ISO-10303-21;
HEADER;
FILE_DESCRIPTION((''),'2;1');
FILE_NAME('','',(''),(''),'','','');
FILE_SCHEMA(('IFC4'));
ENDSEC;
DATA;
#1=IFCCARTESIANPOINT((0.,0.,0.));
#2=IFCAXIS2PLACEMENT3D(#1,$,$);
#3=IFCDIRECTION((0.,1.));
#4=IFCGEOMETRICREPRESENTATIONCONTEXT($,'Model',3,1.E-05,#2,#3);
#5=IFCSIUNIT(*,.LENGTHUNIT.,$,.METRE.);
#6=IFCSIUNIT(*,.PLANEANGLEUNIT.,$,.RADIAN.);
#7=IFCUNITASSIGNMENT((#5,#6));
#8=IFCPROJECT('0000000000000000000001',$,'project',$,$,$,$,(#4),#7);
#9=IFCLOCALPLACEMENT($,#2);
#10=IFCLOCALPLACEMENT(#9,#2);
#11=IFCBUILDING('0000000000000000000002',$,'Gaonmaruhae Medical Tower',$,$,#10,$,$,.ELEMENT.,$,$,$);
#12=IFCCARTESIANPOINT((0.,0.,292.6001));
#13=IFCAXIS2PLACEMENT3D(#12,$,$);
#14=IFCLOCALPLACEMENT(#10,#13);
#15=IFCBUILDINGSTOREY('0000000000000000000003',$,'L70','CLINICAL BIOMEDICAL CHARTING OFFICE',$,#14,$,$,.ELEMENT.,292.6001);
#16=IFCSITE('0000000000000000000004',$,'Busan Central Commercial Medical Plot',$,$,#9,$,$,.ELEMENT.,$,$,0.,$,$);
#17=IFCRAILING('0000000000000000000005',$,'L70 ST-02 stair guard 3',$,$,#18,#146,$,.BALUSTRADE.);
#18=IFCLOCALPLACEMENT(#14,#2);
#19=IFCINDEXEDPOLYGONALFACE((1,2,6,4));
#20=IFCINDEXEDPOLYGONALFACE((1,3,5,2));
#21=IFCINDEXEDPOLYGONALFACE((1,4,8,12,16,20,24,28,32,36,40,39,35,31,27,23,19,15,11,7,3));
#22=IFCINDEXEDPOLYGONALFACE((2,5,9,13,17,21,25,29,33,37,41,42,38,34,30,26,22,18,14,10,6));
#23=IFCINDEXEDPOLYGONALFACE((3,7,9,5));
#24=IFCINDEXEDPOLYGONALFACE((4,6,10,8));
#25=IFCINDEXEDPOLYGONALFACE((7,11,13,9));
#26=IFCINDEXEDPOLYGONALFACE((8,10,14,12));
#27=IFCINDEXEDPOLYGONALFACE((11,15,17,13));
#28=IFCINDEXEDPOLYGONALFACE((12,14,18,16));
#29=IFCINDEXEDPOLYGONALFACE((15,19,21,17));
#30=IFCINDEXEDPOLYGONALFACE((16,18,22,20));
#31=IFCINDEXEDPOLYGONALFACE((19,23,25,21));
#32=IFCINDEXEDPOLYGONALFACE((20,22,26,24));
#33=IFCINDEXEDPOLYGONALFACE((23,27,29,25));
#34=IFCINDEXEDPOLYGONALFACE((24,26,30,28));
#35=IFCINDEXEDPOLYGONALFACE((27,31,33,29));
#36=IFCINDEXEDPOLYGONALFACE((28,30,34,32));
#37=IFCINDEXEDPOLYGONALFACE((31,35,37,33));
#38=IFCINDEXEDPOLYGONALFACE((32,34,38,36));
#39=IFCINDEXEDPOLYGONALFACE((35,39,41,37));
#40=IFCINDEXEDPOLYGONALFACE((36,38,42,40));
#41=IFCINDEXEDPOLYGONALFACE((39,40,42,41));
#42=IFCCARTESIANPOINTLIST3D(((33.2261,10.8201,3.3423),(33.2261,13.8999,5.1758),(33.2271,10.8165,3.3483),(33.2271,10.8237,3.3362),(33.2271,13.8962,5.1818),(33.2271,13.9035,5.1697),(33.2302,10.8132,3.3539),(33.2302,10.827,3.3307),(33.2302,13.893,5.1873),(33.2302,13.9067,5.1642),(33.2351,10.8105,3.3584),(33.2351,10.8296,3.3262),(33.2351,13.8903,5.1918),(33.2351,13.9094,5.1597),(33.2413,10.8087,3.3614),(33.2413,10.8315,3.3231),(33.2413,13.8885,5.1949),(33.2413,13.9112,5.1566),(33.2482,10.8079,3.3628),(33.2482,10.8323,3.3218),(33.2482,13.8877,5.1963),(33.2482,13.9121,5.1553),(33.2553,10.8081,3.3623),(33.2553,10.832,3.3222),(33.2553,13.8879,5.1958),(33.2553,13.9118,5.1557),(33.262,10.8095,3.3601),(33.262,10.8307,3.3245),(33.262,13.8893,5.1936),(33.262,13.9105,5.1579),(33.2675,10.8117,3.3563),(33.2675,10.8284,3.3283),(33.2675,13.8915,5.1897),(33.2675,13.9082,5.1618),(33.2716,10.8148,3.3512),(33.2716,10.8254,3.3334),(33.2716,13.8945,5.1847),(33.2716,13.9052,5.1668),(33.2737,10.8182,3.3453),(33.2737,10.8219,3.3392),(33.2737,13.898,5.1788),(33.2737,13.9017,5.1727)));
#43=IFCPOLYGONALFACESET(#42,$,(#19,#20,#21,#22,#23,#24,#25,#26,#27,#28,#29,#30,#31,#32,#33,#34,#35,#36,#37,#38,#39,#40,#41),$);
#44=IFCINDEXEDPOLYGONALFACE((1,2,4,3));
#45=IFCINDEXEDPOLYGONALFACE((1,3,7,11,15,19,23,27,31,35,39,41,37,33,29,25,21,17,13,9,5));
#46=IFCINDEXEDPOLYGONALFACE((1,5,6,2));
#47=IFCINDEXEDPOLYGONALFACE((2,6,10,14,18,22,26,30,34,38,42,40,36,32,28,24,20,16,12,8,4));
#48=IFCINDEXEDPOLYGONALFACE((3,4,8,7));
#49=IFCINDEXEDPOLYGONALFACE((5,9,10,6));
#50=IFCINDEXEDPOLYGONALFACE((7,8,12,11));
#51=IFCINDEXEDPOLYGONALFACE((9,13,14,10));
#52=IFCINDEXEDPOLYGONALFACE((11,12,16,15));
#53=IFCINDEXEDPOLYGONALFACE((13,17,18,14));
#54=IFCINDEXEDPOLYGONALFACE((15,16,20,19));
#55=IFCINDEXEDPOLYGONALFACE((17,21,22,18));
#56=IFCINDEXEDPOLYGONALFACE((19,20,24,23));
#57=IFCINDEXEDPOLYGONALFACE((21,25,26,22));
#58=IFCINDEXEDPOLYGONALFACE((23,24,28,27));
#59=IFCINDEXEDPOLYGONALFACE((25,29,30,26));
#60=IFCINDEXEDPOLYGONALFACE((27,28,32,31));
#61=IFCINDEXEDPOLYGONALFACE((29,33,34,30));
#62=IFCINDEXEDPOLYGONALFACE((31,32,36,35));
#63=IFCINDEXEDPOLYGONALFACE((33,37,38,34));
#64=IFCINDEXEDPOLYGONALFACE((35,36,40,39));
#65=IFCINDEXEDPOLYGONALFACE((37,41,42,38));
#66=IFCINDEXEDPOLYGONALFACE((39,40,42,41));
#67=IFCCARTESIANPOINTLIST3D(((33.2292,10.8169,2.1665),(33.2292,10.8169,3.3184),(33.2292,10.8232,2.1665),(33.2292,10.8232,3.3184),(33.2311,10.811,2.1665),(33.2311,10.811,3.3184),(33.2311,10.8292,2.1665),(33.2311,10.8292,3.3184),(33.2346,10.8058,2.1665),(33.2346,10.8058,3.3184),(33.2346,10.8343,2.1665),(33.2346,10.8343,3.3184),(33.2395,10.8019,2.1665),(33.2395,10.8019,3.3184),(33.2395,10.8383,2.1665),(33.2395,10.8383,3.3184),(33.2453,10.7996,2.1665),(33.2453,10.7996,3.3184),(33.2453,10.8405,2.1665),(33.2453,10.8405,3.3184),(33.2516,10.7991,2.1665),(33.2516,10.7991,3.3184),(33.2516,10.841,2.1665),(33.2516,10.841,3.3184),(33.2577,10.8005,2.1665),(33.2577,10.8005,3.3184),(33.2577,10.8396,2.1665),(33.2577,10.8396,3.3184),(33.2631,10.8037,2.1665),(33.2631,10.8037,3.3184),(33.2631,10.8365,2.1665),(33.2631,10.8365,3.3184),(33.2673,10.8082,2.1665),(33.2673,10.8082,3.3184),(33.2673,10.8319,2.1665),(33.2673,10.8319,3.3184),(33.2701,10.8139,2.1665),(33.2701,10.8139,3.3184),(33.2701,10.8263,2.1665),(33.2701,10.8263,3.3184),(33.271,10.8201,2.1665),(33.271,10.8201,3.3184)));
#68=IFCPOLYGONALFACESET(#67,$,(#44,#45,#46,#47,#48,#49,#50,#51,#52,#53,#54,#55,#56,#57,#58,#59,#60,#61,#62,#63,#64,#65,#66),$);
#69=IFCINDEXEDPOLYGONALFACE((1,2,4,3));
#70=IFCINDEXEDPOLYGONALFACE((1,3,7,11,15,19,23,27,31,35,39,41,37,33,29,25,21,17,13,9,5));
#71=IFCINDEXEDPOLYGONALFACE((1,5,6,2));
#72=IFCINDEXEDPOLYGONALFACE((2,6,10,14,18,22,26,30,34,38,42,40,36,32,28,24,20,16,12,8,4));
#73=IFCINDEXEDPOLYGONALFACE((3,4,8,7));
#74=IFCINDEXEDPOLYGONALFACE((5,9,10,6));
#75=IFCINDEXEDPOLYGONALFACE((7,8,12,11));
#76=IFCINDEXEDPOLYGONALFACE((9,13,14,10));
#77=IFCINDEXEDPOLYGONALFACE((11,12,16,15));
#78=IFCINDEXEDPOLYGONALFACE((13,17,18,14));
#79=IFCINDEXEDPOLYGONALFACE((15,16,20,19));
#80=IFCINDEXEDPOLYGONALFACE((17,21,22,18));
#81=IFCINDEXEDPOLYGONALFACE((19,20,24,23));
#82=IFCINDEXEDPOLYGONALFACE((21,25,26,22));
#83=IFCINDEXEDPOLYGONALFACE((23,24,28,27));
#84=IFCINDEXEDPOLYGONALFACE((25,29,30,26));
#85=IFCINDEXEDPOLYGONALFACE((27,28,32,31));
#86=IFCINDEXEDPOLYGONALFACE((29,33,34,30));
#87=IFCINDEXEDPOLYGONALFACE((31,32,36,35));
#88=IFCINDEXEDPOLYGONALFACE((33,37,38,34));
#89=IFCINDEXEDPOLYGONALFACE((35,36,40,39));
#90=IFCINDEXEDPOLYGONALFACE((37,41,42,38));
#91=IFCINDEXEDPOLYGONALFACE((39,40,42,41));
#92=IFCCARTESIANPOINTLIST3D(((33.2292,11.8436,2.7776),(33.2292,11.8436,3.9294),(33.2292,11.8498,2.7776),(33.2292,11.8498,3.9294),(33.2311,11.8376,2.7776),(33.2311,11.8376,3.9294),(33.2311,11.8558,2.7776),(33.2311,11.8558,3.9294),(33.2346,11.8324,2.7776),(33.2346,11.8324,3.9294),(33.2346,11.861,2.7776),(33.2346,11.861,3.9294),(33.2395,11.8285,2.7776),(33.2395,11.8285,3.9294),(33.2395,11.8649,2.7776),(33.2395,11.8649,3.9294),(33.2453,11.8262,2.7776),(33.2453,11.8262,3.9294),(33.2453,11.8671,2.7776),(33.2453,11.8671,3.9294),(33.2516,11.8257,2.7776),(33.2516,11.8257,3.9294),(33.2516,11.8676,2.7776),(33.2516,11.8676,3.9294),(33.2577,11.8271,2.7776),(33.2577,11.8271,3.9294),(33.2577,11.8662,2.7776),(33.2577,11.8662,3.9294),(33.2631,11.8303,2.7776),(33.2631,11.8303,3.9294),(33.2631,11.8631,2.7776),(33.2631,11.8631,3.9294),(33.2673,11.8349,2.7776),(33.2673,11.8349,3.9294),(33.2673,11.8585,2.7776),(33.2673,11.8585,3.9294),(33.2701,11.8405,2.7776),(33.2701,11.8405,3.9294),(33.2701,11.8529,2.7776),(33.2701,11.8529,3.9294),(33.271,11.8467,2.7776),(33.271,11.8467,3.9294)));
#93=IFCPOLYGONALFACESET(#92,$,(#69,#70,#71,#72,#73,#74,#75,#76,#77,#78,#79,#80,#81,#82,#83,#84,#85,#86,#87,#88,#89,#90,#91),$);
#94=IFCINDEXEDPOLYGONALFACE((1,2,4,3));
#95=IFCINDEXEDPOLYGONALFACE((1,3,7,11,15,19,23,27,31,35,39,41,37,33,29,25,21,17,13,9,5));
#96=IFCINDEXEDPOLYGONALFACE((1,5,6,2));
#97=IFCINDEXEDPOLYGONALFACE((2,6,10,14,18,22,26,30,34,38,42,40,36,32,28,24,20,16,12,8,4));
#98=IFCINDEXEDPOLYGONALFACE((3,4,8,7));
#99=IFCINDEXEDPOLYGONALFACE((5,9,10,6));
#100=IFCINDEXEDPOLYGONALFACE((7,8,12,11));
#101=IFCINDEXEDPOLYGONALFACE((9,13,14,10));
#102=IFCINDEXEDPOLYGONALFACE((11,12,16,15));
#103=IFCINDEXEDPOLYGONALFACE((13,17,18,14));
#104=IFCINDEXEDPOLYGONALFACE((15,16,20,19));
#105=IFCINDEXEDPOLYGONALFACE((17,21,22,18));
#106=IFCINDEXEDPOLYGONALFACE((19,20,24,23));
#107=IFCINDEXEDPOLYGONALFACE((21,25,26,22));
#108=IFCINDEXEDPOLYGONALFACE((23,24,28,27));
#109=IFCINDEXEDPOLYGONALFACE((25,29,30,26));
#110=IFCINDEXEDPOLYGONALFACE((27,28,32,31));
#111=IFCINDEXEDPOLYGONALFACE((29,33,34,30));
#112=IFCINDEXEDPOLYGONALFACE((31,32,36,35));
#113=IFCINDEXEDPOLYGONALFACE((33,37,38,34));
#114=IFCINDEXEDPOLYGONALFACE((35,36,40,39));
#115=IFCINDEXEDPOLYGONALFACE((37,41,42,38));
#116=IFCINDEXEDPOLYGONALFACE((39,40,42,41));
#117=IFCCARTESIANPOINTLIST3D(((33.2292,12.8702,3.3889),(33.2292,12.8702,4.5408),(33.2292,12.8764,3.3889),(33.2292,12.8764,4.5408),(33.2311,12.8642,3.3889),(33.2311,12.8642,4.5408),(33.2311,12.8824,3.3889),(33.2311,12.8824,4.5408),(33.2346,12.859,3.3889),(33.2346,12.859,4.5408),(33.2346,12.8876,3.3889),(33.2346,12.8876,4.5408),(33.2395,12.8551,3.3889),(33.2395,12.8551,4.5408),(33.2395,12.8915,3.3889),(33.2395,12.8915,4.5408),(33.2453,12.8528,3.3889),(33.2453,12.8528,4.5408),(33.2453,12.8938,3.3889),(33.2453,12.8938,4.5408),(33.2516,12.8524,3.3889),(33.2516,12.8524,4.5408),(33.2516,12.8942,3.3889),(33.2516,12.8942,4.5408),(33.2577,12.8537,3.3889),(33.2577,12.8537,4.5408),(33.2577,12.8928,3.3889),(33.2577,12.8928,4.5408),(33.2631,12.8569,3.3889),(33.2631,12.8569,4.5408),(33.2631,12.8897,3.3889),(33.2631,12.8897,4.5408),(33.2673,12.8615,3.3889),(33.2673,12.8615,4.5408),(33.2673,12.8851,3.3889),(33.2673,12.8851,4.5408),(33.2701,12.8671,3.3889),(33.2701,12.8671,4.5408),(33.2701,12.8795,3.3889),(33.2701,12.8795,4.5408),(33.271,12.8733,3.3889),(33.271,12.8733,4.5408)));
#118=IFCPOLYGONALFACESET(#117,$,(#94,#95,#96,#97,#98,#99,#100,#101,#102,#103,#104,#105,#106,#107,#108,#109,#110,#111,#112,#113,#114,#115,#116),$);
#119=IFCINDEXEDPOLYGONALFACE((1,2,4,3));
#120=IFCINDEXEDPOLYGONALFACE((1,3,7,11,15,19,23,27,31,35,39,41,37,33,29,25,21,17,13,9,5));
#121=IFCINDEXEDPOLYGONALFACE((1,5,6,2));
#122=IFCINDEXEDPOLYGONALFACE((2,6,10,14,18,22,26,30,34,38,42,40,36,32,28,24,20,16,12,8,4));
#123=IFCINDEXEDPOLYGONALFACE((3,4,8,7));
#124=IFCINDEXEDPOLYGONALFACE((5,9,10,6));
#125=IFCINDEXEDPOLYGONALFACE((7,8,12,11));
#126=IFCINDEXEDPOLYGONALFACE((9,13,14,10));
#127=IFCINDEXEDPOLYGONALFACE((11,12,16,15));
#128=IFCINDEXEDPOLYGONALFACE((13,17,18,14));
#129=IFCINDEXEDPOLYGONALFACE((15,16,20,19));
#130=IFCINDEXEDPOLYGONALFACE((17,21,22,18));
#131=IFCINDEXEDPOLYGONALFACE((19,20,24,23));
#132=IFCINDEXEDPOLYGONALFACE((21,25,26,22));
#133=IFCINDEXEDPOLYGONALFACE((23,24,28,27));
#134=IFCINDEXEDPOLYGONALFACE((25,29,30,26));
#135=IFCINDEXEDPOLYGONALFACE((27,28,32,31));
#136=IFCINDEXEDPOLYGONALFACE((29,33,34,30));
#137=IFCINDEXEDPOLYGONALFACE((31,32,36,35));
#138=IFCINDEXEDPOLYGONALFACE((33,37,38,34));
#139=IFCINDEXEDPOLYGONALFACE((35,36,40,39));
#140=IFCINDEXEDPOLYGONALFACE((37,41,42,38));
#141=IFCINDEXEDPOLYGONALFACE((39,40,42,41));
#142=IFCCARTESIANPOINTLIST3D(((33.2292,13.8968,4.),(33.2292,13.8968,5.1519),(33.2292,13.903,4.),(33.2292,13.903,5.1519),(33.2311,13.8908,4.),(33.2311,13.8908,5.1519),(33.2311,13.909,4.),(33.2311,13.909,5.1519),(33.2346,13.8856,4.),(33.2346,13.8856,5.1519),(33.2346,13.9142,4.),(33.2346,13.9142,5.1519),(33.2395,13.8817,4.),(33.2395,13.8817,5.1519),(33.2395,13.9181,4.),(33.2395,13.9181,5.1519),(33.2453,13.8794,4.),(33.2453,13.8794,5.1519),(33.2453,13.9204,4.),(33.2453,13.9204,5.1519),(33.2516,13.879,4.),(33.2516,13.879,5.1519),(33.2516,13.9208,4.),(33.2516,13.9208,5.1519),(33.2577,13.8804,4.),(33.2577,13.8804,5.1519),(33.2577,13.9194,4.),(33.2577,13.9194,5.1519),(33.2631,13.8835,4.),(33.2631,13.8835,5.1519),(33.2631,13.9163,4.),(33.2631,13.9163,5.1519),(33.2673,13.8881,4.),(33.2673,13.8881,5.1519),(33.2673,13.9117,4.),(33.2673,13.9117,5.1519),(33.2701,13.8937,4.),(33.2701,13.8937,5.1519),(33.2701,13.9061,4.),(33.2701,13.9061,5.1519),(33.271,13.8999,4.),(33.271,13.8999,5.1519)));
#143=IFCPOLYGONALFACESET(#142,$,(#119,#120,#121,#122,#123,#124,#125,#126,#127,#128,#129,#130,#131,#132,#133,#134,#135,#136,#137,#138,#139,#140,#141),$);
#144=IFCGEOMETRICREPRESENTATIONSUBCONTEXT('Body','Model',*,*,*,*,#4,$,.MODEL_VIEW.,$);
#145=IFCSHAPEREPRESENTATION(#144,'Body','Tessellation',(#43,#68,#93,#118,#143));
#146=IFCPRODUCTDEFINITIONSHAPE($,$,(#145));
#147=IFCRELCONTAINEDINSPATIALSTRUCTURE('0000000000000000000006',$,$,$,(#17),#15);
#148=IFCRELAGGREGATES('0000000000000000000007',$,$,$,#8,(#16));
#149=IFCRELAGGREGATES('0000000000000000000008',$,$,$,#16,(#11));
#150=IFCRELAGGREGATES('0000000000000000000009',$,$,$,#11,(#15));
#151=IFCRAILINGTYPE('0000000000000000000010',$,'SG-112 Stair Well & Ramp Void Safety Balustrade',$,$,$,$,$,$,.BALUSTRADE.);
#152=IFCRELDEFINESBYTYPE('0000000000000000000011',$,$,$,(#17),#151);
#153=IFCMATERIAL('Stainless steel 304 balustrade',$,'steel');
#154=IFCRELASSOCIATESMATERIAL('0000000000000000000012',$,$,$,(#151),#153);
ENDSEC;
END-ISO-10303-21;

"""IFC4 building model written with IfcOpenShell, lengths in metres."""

from ifc_helpers import new_model, si_unit, direction, frame, origin, origin_2d, place, context, subcontext, project, spatial, circle, extrude, material, type_object, element, save


model = new_model("IFC4")

# Units and contexts
model_context = context("Model", 3, precision=1e-05, world=origin(), true_north=direction((0.0, 1.0)))
body_context = subcontext(model_context, "Body", "Model", "MODEL_VIEW")
ifc_project = project(units=[si_unit("LENGTHUNIT", "METRE"), si_unit("PLANEANGLEUNIT", "RADIAN")], contexts=[model_context])

# Site, building, storey
site_placement = place(None, origin())
site = spatial("IfcSite", under=ifc_project, at=site_placement, Name="Busan Central Commercial Medical Plot", CompositionType="ELEMENT", RefElevation=0.0)
building_placement = place(site_placement, origin())
building = spatial("IfcBuilding", under=site, at=building_placement, Name="Gaonmaruhae Medical Tower", CompositionType="ELEMENT")
storey_placement = place(building_placement, frame((0.0, 0.0, 292.6001)))
storey = spatial("IfcBuildingStorey", under=building, at=storey_placement, Name="L70", Description="CLINICAL BIOMEDICAL CHARTING OFFICE", CompositionType="ELEMENT", Elevation=292.6001)

# Railing
ifc_material_1 = material(Name="Stainless steel 304 balustrade", Category="steel")
railing_type_1 = type_object("IfcRailingType", Name="SG-112 Stair Well & Ramp Void Safety Balustrade", PredefinedType="BALUSTRADE", material=ifc_material_1)
railing_1_placement = place(storey_placement, frame((33.25, 10.8201, 2.1665)))
element("IfcRailing", 1, at=railing_1_placement, inside=storey, type_object=railing_type_1, Name="L70 ST-02 stair guard 3", PredefinedType="BALUSTRADE", context=body_context, shape_type="SweptSolid", body=[
    extrude(circle(Radius=0.0239, at=origin_2d()), frame((0.0, 0.0, 1.1758), z_axis=(0.0, 0.859261, 0.511538), x_axis=(-1.0, 0.0, 0.0)), (0.0, 0.0, 1.0), 3.5842),
    extrude(circle(Radius=0.021, at=origin_2d()), origin(), (0.0, 0.0, 1.0), 1.1519),
    extrude(circle(Radius=0.021, at=origin_2d()), frame((0.0, 1.0266, 0.6111)), (0.0, 0.0, 1.0), 1.1519),
    extrude(circle(Radius=0.021, at=origin_2d()), frame((0.0, 2.0532, 1.2224)), (0.0, 0.0, 1.0), 1.1519),
    extrude(circle(Radius=0.021, at=origin_2d()), frame((0.0, 3.0798, 1.8335)), (0.0, 0.0, 1.0), 1.1519),
])

save(model, "model.ifc")
